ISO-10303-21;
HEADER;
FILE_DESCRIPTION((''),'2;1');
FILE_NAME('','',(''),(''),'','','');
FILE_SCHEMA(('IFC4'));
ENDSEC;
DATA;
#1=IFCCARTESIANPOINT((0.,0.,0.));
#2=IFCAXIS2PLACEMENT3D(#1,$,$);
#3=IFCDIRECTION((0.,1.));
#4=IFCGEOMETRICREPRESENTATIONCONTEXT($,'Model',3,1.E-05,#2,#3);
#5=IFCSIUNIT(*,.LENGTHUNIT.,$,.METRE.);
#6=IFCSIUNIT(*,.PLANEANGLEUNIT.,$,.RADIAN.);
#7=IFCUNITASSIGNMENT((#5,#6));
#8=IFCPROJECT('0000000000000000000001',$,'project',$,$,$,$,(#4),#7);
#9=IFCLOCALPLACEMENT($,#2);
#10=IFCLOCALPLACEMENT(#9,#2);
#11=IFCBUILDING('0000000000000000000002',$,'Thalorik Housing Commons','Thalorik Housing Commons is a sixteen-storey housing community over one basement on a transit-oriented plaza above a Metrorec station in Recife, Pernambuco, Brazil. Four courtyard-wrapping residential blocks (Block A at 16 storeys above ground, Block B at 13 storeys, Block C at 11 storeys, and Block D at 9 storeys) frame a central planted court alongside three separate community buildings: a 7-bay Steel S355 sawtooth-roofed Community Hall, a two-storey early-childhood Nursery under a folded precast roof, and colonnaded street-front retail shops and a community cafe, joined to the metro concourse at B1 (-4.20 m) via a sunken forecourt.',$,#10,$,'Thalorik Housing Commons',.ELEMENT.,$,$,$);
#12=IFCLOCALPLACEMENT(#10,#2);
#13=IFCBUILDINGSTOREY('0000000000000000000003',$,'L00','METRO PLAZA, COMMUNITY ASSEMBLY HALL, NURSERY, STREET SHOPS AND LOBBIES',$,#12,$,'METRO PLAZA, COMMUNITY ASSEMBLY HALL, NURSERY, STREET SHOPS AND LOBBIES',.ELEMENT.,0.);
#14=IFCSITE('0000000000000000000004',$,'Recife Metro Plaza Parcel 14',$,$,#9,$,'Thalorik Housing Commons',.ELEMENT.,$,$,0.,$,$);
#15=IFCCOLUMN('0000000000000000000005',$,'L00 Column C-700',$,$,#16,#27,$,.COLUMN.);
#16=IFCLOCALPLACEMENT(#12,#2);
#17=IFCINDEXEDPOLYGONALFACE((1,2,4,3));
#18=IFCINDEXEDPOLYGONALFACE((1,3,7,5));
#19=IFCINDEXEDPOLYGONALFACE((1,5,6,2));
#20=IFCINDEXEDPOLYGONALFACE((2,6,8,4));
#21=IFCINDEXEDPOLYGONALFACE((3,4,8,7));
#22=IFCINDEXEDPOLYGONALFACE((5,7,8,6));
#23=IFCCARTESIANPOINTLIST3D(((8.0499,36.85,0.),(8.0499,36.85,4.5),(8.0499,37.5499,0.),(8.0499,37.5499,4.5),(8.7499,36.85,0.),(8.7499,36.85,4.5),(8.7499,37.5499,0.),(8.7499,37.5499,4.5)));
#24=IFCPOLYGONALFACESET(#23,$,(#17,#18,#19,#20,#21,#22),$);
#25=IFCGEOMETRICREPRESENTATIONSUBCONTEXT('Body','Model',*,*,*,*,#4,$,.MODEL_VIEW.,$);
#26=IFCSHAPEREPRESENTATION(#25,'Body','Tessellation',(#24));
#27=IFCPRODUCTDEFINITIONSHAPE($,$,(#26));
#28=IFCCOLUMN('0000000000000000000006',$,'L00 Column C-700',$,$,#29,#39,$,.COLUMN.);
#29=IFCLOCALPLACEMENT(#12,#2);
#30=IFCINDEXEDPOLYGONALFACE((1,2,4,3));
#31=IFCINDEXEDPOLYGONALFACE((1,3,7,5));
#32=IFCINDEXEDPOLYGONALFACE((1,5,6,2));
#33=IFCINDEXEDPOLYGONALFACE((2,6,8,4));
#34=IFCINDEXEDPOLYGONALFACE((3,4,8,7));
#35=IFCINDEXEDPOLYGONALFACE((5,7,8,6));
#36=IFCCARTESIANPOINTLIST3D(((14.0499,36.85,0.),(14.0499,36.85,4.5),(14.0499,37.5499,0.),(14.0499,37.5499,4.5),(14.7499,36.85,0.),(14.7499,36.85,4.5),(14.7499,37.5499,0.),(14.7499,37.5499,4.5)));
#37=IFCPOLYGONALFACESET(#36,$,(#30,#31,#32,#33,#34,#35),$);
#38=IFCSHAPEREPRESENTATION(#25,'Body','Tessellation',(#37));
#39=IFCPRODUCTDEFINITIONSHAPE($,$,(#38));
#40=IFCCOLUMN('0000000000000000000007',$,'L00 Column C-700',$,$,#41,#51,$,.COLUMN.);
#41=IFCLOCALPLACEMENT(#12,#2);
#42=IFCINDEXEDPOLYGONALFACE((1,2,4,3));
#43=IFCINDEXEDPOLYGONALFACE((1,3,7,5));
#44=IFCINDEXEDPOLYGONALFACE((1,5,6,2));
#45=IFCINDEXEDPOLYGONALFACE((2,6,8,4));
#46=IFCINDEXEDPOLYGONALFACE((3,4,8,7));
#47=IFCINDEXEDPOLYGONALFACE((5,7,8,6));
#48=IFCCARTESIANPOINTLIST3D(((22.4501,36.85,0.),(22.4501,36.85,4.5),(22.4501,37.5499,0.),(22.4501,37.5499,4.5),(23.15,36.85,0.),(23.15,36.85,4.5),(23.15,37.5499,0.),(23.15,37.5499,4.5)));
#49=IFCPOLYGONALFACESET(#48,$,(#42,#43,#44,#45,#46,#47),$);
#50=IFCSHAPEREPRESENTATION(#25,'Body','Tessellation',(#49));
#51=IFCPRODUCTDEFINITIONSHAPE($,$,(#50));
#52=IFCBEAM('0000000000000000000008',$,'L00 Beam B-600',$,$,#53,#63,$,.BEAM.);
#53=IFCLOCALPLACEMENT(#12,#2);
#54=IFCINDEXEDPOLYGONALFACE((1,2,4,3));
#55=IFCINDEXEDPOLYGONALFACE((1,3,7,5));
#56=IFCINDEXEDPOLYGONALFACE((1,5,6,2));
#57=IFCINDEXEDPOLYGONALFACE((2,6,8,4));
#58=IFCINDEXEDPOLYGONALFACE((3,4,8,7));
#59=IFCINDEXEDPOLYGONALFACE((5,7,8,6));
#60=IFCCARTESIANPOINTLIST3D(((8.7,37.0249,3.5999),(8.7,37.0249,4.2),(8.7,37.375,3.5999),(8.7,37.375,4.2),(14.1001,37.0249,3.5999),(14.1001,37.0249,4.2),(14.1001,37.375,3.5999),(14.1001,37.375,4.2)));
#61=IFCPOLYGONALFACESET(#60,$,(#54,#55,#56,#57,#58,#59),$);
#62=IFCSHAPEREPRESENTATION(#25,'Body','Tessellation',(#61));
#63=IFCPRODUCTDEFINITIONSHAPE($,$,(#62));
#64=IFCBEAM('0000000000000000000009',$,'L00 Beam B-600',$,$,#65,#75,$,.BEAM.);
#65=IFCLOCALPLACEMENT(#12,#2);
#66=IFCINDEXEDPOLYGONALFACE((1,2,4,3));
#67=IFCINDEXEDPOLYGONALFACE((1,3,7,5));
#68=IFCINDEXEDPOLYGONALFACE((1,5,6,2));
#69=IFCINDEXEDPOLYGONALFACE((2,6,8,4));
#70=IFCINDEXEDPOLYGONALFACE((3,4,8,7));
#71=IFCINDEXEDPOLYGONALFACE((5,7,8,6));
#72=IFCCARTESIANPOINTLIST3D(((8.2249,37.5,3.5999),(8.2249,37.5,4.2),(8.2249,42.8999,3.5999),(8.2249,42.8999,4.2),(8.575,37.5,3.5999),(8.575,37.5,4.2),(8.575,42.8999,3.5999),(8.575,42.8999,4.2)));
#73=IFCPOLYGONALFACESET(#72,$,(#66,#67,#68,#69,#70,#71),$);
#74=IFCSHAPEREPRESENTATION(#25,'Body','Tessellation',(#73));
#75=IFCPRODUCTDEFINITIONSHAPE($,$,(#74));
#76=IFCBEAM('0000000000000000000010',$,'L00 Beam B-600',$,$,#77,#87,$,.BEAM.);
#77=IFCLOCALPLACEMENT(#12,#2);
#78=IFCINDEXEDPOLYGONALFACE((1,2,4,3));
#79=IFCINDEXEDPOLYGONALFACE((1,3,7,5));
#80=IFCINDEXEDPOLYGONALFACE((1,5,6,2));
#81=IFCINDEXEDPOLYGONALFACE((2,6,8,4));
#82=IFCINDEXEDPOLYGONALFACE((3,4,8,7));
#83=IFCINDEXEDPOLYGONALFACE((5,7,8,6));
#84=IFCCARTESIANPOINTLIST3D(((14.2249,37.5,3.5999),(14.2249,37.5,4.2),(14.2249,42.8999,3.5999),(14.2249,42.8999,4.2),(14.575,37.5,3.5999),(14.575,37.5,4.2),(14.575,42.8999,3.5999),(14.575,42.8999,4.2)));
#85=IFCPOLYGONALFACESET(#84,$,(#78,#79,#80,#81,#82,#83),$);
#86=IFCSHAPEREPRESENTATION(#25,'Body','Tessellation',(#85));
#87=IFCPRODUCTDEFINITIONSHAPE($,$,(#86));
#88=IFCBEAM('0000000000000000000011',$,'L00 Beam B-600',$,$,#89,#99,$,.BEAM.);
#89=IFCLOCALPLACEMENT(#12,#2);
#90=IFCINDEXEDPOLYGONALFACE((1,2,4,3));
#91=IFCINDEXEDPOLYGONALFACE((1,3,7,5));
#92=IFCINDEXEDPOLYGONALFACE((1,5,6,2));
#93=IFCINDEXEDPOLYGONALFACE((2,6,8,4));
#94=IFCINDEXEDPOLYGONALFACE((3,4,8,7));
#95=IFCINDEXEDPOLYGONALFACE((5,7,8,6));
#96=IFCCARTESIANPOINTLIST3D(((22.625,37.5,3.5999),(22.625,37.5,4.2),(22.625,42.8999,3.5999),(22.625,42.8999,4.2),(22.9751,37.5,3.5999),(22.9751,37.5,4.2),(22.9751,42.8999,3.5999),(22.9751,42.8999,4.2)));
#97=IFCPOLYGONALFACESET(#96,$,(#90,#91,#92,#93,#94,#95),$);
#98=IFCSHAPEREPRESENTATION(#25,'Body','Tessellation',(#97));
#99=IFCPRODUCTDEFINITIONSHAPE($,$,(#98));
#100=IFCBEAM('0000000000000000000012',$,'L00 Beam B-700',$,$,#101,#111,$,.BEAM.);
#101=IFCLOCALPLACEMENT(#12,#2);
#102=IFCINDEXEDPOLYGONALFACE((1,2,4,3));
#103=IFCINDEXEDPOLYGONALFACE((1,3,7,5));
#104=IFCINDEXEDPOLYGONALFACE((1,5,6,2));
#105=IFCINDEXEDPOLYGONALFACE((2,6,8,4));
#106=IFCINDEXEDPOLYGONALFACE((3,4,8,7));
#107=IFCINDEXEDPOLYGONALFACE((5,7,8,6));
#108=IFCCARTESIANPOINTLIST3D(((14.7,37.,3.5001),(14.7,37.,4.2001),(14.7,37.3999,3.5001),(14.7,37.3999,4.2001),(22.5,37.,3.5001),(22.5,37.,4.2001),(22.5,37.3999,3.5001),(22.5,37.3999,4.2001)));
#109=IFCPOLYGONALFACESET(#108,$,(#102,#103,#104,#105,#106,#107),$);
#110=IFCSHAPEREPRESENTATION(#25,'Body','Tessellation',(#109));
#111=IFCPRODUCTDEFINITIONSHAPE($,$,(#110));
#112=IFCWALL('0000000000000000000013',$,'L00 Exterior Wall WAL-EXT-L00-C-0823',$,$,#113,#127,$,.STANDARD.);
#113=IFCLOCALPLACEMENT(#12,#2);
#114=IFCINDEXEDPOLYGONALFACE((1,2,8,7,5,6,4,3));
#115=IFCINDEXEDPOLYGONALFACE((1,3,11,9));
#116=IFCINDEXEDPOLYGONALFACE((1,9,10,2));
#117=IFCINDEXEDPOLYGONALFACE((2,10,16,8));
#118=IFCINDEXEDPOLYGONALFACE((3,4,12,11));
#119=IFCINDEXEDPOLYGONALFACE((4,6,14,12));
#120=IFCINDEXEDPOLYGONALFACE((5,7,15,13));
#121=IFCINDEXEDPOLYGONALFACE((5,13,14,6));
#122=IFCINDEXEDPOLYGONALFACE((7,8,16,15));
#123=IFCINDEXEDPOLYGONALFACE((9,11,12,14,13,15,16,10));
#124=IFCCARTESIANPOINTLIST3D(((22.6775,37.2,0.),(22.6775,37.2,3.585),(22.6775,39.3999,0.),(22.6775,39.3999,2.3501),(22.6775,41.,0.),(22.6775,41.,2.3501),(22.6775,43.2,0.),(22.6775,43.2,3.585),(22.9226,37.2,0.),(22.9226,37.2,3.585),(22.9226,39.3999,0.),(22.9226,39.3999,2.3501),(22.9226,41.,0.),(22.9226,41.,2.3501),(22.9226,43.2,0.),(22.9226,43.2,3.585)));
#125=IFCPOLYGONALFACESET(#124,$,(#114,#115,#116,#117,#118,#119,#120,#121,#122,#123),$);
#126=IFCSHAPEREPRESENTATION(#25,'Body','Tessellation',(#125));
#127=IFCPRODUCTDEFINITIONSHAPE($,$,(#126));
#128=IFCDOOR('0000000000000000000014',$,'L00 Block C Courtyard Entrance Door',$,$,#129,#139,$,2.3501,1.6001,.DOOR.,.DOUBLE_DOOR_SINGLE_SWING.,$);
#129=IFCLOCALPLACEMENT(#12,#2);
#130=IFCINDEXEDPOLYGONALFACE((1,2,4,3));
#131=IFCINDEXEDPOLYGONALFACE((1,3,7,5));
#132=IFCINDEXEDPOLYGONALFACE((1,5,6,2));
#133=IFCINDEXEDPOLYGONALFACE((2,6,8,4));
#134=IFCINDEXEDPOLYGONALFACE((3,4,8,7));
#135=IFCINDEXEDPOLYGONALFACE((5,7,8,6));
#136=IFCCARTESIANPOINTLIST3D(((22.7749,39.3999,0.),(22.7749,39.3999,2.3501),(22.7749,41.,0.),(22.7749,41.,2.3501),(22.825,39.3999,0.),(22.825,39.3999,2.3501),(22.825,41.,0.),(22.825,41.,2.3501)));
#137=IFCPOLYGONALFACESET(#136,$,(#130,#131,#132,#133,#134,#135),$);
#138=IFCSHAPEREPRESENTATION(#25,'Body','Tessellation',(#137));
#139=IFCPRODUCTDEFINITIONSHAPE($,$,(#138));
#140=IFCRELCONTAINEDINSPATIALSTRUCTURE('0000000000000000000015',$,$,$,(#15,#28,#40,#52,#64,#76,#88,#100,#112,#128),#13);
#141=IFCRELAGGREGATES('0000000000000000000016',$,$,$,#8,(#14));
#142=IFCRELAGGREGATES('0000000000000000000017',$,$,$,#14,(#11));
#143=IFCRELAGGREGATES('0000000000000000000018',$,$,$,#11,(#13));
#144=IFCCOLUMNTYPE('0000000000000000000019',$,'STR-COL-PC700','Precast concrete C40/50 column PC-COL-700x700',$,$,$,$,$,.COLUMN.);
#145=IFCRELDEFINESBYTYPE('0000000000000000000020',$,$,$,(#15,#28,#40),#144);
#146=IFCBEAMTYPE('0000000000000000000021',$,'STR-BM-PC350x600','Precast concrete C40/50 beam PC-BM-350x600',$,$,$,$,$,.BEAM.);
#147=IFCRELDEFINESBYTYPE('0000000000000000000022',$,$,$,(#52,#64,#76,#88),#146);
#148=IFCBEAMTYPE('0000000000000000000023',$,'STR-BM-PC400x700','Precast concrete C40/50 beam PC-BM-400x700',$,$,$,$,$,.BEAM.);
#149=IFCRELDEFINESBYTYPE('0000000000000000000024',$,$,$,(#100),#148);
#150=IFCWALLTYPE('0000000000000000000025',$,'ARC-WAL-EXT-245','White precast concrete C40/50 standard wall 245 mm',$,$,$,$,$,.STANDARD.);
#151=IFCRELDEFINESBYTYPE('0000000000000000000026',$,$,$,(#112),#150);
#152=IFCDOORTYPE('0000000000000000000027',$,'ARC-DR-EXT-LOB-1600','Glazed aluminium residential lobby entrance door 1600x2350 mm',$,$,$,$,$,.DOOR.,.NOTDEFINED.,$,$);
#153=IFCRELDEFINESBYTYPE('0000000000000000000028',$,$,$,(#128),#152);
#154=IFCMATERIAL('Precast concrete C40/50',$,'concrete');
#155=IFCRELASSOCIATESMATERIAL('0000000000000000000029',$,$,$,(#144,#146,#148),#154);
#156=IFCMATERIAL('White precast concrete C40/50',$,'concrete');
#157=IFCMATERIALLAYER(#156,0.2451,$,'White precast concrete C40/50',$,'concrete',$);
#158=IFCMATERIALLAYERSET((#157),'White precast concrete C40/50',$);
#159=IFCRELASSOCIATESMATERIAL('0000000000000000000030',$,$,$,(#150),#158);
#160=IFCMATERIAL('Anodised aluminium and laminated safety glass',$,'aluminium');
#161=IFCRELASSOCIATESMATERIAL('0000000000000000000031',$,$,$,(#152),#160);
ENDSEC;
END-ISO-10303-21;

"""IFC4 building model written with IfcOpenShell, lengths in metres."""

from ifc_helpers import new_model, si_unit, direction, frame, frame_2d, origin, origin_2d, place, context, subcontext, project, spatial, rectangle, extrude, material, layer, layer_set, material_profile, profile_set, type_object, element, fill, save


model = new_model("IFC4")

# Units and contexts
model_context = context("Model", 3, precision=1e-05, world=origin(), true_north=direction((0.0, 1.0)))
body_context = subcontext(model_context, "Body", "Model", "MODEL_VIEW")
ifc_project = project(units=[si_unit("LENGTHUNIT", "METRE"), si_unit("PLANEANGLEUNIT", "RADIAN")], contexts=[model_context])

# Site, building, storey
site_placement = place(None, origin())
site = spatial("IfcSite", under=ifc_project, at=site_placement, Name="Recife Metro Plaza Parcel 14", LongName="Thalorik Housing Commons", CompositionType="ELEMENT", RefElevation=0.0)
building_placement = place(site_placement, origin())
building = spatial("IfcBuilding", under=site, at=building_placement, Name="Thalorik Housing Commons", Description="Thalorik Housing Commons is a sixteen-storey housing community over one basement on a transit-oriented plaza above a Metrorec station in Recife, Pernambuco, Brazil. Four courtyard-wrapping residential blocks (Block A at 16 storeys above ground, Block B at 13 storeys, Block C at 11 storeys, and Block D at 9 storeys) frame a central planted court alongside three separate community buildings: a 7-bay Steel S355 sawtooth-roofed Community Hall, a two-storey early-childhood Nursery under a folded precast roof, and colonnaded street-front retail shops and a community cafe, joined to the metro concourse at B1 (-4.20 m) via a sunken forecourt.", LongName="Thalorik Housing Commons", CompositionType="ELEMENT")
storey_placement = place(building_placement, origin())
storey = spatial("IfcBuildingStorey", under=building, at=storey_placement, Name="L00", Description="METRO PLAZA, COMMUNITY ASSEMBLY HALL, NURSERY, STREET SHOPS AND LOBBIES", LongName="METRO PLAZA, COMMUNITY ASSEMBLY HALL, NURSERY, STREET SHOPS AND LOBBIES", CompositionType="ELEMENT", Elevation=0.0)

# Columns
ifc_material_1 = material(Name="Precast concrete C40/50", Category="concrete")
ifc_material_profile_1 = material_profile(ifc_material_1, rectangle(XDim=0.7, YDim=0.7, at=origin_2d()), Name="PC 700x700", Category="concrete")
ifc_profile_set_1 = profile_set([ifc_material_profile_1], Name="Precast concrete C40/50")
column_type = type_object("IfcColumnType", Name="STR-COL-PC700", Description="Precast concrete C40/50 column PC-COL-700x700", PredefinedType="COLUMN", material=ifc_profile_set_1)
for number, where, z_axis, x_axis, name in (
    (1, (8.3999, 37.2, 0.0), (0.0, 0.0, 1.0), (1.0, 0.0, 0.0), "L00 Column C-700"),
    (2, (14.3999, 37.2, 0.0), (0.0, 0.0, 1.0), (1.0, 0.0, 0.0), "L00 Column C-700"),
    (3, (22.8, 37.2, 0.0), (0.0, 0.0, 1.0), (1.0, 0.0, 0.0), "L00 Column C-700"),
):
    element("IfcColumn", number, at=place(storey_placement, frame(where, z_axis=z_axis, x_axis=x_axis)), inside=storey, type_object=column_type, Name=name, PredefinedType="COLUMN", context=body_context, shape_type="SweptSolid", body=[
        extrude(rectangle(XDim=0.7, YDim=0.7, at=origin_2d()), origin(), (0.0, 0.0, 1.0), 4.5),
    ])

# Beams
ifc_material_profile_2 = material_profile(ifc_material_1, rectangle(XDim=0.3501, YDim=0.6001, at=origin_2d()), Name="PC 350x600", Category="concrete")
ifc_profile_set_2 = profile_set([ifc_material_profile_2], Name="Precast concrete C40/50")
beam_type_1 = type_object("IfcBeamType", Name="STR-BM-PC350x600", Description="Precast concrete C40/50 beam PC-BM-350x600", PredefinedType="BEAM", material=ifc_profile_set_2)
beam_1_placement = place(storey_placement, frame((8.7, 37.2, 3.8999), z_axis=(1.0, 0.0, 0.0), x_axis=(0.0, 1.0, 0.0)))
element("IfcBeam", 4, at=beam_1_placement, inside=storey, type_object=beam_type_1, Name="L00 Beam B-600", PredefinedType="BEAM", context=body_context, shape_type="SweptSolid", body=[
    extrude(rectangle(XDim=0.3501, YDim=0.6001, at=origin_2d()), origin(), (0.0, 0.0, 1.0), 5.4001),
])
for number, where, z_axis, x_axis, name in (
    (5, (8.3999, 37.5, 3.8999), (0.0, 1.0, 0.0), (-1.0, 0.0, 0.0), "L00 Beam B-600"),
    (6, (14.3999, 37.5, 3.8999), (0.0, 1.0, 0.0), (-1.0, 0.0, 0.0), "L00 Beam B-600"),
    (7, (22.8, 37.5, 3.8999), (0.0, 1.0, 0.0), (-1.0, 0.0, 0.0), "L00 Beam B-600"),
):
    element("IfcBeam", number, at=place(storey_placement, frame(where, z_axis=z_axis, x_axis=x_axis)), inside=storey, type_object=beam_type_1, Name=name, PredefinedType="BEAM", context=body_context, shape_type="SweptSolid", body=[
        extrude(rectangle(XDim=0.3501, YDim=0.6001, at=origin_2d()), origin(), (0.0, 0.0, 1.0), 5.3999),
    ])
ifc_material_profile_3 = material_profile(ifc_material_1, rectangle(XDim=0.3999, YDim=0.7, at=origin_2d()), Name="PC 400x700", Category="concrete")
ifc_profile_set_3 = profile_set([ifc_material_profile_3], Name="Precast concrete C40/50")
beam_type_2 = type_object("IfcBeamType", Name="STR-BM-PC400x700", Description="Precast concrete C40/50 beam PC-BM-400x700", PredefinedType="BEAM", material=ifc_profile_set_3)
beam_2_placement = place(storey_placement, frame((14.7, 37.2, 3.8501), z_axis=(1.0, 0.0, 0.0), x_axis=(0.0, 1.0, 0.0)))
element("IfcBeam", 8, at=beam_2_placement, inside=storey, type_object=beam_type_2, Name="L00 Beam B-700", PredefinedType="BEAM", context=body_context, shape_type="SweptSolid", body=[
    extrude(rectangle(XDim=0.3999, YDim=0.7, at=origin_2d()), origin(), (0.0, 0.0, 1.0), 7.8),
])

# Wall, opening, door
ifc_material_2 = material(Name="White precast concrete C40/50", Category="concrete")
ifc_layer_1 = layer(ifc_material_2, 0.2451, Name="White precast concrete C40/50", Category="concrete")
ifc_layer_set_1 = layer_set([ifc_layer_1], Name="White precast concrete C40/50")
wall_type_1 = type_object("IfcWallType", Name="ARC-WAL-EXT-245", Description="White precast concrete C40/50 standard wall 245 mm", PredefinedType="STANDARD", material=ifc_layer_set_1)
wall_1_placement = place(storey_placement, frame((22.8, 37.2, 0.0), z_axis=(0.0, 0.0, 1.0), x_axis=(0.0, 1.0, 0.0)))
wall_1 = element("IfcWall", 9, at=wall_1_placement, inside=storey, type_object=wall_type_1, Name="L00 Exterior Wall WAL-EXT-L00-C-0823", PredefinedType="STANDARD", context=body_context, shape_type="SweptSolid", body=[
    extrude(rectangle(XDim=6.0, YDim=0.2451, at=frame_2d((3.0, 0.0))), origin(), (0.0, 0.0, 1.0), 3.585),
])
opening_1_placement = place(wall_1_placement, frame((2.2, 0.0, 0.0)))
opening_1 = element("IfcOpeningElement", 10, at=opening_1_placement, cuts=wall_1, PredefinedType="OPENING", context=body_context, shape_type="SweptSolid", body=[
    extrude(rectangle(XDim=1.6001, YDim=2.3501, at=frame_2d((0.8, 1.175))), frame((0.0, 0.1326, 0.0), z_axis=(0.0, -1.0, 0.0), x_axis=(1.0, 0.0, 0.0)), (0.0, 0.0, 1.0), 0.2651),
])
ifc_material_3 = material(Name="Anodised aluminium and laminated safety glass", Category="aluminium")
door_type = type_object("IfcDoorType", Name="ARC-DR-EXT-LOB-1600", Description="Glazed aluminium residential lobby entrance door 1600x2350 mm", OperationType="NOTDEFINED", PredefinedType="DOOR", material=ifc_material_3)
door_placement = place(opening_1_placement, frame((1.6001, 0.0, 0.0), z_axis=(0.0, 0.0, 1.0), x_axis=(-1.0, 0.0, 0.0)))
door = element("IfcDoor", 11, at=door_placement, inside=storey, type_object=door_type, Name="L00 Block C Courtyard Entrance Door", OperationType="DOUBLE_DOOR_SINGLE_SWING", OverallHeight=2.3501, OverallWidth=1.6001, PredefinedType="DOOR", context=body_context, shape_type="SweptSolid", body=[
    extrude(rectangle(XDim=1.6001, YDim=2.3501, at=frame_2d((0.8, 1.175))), frame((0.0, 0.0249, 0.0), z_axis=(0.0, -1.0, 0.0), x_axis=(1.0, 0.0, 0.0)), (0.0, 0.0, 1.0), 0.05),
])
fill(opening_1, door)

save(model, "model.ifc")
